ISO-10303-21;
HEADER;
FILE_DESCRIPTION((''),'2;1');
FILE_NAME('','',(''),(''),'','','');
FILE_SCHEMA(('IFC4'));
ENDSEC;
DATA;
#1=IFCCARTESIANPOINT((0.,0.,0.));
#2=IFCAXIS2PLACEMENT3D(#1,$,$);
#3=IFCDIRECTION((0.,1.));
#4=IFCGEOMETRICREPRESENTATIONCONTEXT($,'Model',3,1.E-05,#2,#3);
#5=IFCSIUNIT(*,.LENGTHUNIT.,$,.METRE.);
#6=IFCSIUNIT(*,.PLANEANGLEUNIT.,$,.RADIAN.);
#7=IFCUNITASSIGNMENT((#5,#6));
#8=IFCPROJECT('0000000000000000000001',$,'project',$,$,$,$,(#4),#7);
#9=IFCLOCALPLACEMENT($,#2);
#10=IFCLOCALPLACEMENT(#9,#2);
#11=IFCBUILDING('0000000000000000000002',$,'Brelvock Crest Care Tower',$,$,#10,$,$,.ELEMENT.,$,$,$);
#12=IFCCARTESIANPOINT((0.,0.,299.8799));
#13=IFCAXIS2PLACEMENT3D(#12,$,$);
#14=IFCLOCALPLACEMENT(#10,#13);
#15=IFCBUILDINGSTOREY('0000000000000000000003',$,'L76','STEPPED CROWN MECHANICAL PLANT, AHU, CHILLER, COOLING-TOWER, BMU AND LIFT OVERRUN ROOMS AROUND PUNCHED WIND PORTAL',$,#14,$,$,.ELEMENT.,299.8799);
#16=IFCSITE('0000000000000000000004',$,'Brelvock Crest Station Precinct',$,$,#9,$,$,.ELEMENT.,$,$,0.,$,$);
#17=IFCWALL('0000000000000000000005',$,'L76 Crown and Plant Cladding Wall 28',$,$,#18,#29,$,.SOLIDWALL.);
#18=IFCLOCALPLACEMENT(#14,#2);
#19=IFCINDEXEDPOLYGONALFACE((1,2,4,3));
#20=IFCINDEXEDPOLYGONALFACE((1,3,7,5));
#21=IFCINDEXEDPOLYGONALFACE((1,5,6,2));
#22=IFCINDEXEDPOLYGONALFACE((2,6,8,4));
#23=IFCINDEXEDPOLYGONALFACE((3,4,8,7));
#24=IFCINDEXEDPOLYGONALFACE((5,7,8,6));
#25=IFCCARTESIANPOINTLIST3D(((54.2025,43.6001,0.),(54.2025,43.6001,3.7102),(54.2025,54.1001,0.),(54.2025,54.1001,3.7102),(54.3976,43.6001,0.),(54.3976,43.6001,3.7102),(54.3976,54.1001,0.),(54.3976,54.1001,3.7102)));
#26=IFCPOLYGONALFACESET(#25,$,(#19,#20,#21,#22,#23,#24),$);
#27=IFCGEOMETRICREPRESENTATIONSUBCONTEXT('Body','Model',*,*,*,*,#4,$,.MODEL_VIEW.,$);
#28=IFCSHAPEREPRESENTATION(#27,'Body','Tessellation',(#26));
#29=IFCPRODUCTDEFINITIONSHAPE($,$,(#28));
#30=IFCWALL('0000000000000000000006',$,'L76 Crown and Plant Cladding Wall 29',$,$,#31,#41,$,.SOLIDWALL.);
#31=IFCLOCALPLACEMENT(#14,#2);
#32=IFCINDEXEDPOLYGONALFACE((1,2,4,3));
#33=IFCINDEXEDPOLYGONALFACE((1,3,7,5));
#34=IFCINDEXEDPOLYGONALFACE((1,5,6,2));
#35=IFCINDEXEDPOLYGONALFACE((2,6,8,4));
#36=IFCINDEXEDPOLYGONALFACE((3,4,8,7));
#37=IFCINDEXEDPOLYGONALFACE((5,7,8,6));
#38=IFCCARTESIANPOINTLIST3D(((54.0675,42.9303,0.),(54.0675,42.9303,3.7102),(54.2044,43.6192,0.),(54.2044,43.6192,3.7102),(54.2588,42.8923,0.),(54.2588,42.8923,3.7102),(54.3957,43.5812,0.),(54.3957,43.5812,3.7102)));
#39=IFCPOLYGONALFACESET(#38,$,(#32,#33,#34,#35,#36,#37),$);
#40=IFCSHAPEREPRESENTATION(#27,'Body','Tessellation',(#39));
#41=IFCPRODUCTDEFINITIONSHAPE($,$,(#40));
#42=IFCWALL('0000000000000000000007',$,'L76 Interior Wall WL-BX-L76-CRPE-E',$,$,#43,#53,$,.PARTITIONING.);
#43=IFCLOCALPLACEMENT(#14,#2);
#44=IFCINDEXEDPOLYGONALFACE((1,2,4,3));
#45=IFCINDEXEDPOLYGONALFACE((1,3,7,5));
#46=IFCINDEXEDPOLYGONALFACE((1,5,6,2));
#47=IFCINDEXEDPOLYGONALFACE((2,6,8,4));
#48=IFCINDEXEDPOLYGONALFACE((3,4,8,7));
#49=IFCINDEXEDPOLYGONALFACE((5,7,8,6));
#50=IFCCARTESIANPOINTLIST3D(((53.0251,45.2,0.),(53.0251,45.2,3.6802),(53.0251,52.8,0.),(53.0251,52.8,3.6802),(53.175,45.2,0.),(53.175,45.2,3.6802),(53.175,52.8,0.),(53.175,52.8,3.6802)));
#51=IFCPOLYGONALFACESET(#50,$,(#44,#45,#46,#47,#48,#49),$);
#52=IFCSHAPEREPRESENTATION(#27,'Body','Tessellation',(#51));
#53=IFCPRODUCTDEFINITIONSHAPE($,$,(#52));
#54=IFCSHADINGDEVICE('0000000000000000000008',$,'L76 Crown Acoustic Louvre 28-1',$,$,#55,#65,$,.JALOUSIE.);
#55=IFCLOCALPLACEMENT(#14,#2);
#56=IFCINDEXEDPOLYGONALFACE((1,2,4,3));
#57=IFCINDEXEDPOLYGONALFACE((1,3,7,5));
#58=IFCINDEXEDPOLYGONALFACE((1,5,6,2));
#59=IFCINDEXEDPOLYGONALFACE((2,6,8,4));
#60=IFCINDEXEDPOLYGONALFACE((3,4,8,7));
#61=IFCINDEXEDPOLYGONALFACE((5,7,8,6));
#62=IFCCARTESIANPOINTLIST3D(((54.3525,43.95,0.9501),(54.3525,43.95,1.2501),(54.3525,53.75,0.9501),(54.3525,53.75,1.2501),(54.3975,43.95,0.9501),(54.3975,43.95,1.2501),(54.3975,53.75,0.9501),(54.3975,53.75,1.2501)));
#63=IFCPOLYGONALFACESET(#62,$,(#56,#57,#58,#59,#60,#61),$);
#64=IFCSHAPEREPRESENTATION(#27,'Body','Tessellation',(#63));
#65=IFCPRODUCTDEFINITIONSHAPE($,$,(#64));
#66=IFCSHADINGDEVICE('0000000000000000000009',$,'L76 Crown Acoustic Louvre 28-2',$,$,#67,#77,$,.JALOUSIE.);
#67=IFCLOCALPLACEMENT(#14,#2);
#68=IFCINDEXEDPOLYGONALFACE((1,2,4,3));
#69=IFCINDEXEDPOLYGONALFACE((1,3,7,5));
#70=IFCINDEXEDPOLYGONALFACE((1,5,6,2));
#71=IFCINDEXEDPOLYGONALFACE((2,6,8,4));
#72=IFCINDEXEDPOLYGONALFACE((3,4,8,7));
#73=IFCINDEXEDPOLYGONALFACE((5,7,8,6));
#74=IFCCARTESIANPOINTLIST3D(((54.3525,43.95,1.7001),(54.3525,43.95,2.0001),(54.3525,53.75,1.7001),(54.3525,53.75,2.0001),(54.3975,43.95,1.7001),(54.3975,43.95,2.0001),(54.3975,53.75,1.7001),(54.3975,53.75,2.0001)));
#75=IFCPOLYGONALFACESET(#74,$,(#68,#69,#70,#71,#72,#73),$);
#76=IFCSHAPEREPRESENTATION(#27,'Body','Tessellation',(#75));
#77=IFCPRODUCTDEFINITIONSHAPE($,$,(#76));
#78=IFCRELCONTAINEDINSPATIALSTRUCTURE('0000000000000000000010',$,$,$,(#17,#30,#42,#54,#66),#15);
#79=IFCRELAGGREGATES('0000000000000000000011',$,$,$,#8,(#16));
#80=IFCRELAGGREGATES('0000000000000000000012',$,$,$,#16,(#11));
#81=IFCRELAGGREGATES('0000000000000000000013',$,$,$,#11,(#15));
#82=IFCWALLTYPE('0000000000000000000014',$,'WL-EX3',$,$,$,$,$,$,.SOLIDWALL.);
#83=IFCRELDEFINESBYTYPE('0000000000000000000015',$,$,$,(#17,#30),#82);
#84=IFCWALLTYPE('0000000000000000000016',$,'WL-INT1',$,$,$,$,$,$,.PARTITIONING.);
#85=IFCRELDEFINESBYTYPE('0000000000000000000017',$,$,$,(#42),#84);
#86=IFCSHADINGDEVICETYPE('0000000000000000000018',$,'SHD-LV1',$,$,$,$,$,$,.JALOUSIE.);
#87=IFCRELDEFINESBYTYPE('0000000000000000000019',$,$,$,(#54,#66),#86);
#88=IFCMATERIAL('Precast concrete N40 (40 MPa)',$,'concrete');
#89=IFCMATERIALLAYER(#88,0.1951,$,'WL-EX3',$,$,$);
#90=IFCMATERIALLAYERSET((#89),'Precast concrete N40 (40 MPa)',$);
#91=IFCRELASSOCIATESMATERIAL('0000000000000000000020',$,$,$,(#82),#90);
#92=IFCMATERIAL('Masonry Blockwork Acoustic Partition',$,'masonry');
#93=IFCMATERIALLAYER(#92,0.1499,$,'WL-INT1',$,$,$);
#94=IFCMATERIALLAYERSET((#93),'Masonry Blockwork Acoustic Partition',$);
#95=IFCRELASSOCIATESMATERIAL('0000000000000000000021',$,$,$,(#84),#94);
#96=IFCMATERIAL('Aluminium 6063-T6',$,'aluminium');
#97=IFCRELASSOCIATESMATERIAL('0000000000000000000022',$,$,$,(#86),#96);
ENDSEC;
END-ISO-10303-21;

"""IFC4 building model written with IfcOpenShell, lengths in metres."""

from ifc_helpers import new_model, si_unit, direction, frame, frame_2d, origin, origin_2d, place, context, subcontext, project, spatial, rectangle, extrude, source, transform, mapped, material, layer, layer_set, material_profile, profile_set, type_object, element, save


model = new_model("IFC4")

# Units and contexts
model_context = context("Model", 3, precision=1e-05, world=origin(), true_north=direction((0.0, 1.0)))
body_context = subcontext(model_context, "Body", "Model", "MODEL_VIEW")
ifc_project = project(units=[si_unit("LENGTHUNIT", "METRE"), si_unit("PLANEANGLEUNIT", "RADIAN")], contexts=[model_context])

# Site, building, storey
site_placement = place(None, origin())
site = spatial("IfcSite", under=ifc_project, at=site_placement, Name="Brelvock Crest Station Precinct", CompositionType="ELEMENT", RefElevation=0.0)
building_placement = place(site_placement, origin())
building = spatial("IfcBuilding", under=site, at=building_placement, Name="Brelvock Crest Care Tower", CompositionType="ELEMENT")
storey_placement = place(building_placement, frame((0.0, 0.0, 299.8799)))
storey = spatial("IfcBuildingStorey", under=building, at=storey_placement, Name="L76", Description="STEPPED CROWN MECHANICAL PLANT, AHU, CHILLER, COOLING-TOWER, BMU AND LIFT OVERRUN ROOMS AROUND PUNCHED WIND PORTAL", CompositionType="ELEMENT", Elevation=299.8799)

# Walls
ifc_material_1 = material(Name="Precast concrete N40 (40 MPa)", Category="concrete")
ifc_layer_1 = layer(ifc_material_1, 0.1951, Name="WL-EX3")
ifc_layer_set_1 = layer_set([ifc_layer_1], Name="Precast concrete N40 (40 MPa)")
wall_type_1 = type_object("IfcWallType", Name="WL-EX3", PredefinedType="SOLIDWALL", material=ifc_layer_set_1)
wall_1_placement = place(storey_placement, frame((54.3, 54.1001, 0.0), z_axis=(0.0, 0.0, 1.0), x_axis=(0.0, -1.0, 0.0)))
element("IfcWall", 1, at=wall_1_placement, inside=storey, type_object=wall_type_1, Name="L76 Crown and Plant Cladding Wall 28", PredefinedType="SOLIDWALL", context=body_context, shape_type="SweptSolid", body=[
    extrude(rectangle(XDim=10.5, YDim=0.1951, at=frame_2d((5.25, 0.0))), origin(), (0.0, 0.0, 1.0), 3.7102),
])
wall_2_placement = place(storey_placement, frame((54.3, 43.6001, 0.0), z_axis=(0.0, 0.0, 1.0), x_axis=(-0.19498, -0.980807, 0.0)))
element("IfcWall", 2, at=wall_2_placement, inside=storey, type_object=wall_type_1, Name="L76 Crown and Plant Cladding Wall 29", PredefinedType="SOLIDWALL", context=body_context, shape_type="SweptSolid", body=[
    extrude(rectangle(XDim=0.7024, YDim=0.1951, at=frame_2d((0.3511, 0.0))), origin(), (0.0, 0.0, 1.0), 3.7102),
])
ifc_material_2 = material(Name="Masonry Blockwork Acoustic Partition", Category="masonry")
ifc_layer_2 = layer(ifc_material_2, 0.1499, Name="WL-INT1")
ifc_layer_set_2 = layer_set([ifc_layer_2], Name="Masonry Blockwork Acoustic Partition")
wall_type_2 = type_object("IfcWallType", Name="WL-INT1", PredefinedType="PARTITIONING", material=ifc_layer_set_2)
wall_3_placement = place(storey_placement, frame((53.1001, 45.2, 0.0), z_axis=(0.0, 0.0, 1.0), x_axis=(0.0, 1.0, 0.0)))
element("IfcWall", 3, at=wall_3_placement, inside=storey, type_object=wall_type_2, Name="L76 Interior Wall WL-BX-L76-CRPE-E", PredefinedType="PARTITIONING", context=body_context, shape_type="SweptSolid", body=[
    extrude(rectangle(XDim=7.6001, YDim=0.1499, at=frame_2d((3.8, 0.0))), origin(), (0.0, 0.0, 1.0), 3.6802),
])

# Shading devices
ifc_material_3 = material(Name="Aluminium 6063-T6", Category="aluminium")
ifc_material_profile_1 = material_profile(ifc_material_3, rectangle(XDim=0.0449, YDim=0.3, at=origin_2d()), Name="LOUVRE45x300")
ifc_profile_set_1 = profile_set([ifc_material_profile_1], Name="Aluminium 6063-T6")
shading_device_type = type_object("IfcShadingDeviceType", Name="SHD-LV1", PredefinedType="JALOUSIE", material=ifc_profile_set_1)
shared_shape_1 = source(origin(), body_context, "Body", "SweptSolid", [
    extrude(rectangle(XDim=0.0449, YDim=0.3, at=origin_2d()), origin(), (0.0, 0.0, 1.0), 9.8),
])
for number, where, z_axis, x_axis, name in (
    (4, (54.375, 53.75, 1.1001), (0.0, -1.0, 0.0), (1.0, 0.0, 0.0), "L76 Crown Acoustic Louvre 28-1"),
    (5, (54.375, 53.75, 1.8501), (0.0, -1.0, 0.0), (1.0, 0.0, 0.0), "L76 Crown Acoustic Louvre 28-2"),
):
    element("IfcShadingDevice", number, at=place(storey_placement, frame(where, z_axis=z_axis, x_axis=x_axis)), inside=storey, type_object=shading_device_type, Name=name, PredefinedType="JALOUSIE", context=body_context, shape_type="MappedRepresentation", body=[
        mapped(shared_shape_1, transform((0.0, 0.0, 0.0), x_axis=(1.0, 0.0, 0.0), y_axis=(0.0, 1.0, 0.0), z_axis=(0.0, 0.0, 1.0), scale=1.0)),
    ])

save(model, "model.ifc")
